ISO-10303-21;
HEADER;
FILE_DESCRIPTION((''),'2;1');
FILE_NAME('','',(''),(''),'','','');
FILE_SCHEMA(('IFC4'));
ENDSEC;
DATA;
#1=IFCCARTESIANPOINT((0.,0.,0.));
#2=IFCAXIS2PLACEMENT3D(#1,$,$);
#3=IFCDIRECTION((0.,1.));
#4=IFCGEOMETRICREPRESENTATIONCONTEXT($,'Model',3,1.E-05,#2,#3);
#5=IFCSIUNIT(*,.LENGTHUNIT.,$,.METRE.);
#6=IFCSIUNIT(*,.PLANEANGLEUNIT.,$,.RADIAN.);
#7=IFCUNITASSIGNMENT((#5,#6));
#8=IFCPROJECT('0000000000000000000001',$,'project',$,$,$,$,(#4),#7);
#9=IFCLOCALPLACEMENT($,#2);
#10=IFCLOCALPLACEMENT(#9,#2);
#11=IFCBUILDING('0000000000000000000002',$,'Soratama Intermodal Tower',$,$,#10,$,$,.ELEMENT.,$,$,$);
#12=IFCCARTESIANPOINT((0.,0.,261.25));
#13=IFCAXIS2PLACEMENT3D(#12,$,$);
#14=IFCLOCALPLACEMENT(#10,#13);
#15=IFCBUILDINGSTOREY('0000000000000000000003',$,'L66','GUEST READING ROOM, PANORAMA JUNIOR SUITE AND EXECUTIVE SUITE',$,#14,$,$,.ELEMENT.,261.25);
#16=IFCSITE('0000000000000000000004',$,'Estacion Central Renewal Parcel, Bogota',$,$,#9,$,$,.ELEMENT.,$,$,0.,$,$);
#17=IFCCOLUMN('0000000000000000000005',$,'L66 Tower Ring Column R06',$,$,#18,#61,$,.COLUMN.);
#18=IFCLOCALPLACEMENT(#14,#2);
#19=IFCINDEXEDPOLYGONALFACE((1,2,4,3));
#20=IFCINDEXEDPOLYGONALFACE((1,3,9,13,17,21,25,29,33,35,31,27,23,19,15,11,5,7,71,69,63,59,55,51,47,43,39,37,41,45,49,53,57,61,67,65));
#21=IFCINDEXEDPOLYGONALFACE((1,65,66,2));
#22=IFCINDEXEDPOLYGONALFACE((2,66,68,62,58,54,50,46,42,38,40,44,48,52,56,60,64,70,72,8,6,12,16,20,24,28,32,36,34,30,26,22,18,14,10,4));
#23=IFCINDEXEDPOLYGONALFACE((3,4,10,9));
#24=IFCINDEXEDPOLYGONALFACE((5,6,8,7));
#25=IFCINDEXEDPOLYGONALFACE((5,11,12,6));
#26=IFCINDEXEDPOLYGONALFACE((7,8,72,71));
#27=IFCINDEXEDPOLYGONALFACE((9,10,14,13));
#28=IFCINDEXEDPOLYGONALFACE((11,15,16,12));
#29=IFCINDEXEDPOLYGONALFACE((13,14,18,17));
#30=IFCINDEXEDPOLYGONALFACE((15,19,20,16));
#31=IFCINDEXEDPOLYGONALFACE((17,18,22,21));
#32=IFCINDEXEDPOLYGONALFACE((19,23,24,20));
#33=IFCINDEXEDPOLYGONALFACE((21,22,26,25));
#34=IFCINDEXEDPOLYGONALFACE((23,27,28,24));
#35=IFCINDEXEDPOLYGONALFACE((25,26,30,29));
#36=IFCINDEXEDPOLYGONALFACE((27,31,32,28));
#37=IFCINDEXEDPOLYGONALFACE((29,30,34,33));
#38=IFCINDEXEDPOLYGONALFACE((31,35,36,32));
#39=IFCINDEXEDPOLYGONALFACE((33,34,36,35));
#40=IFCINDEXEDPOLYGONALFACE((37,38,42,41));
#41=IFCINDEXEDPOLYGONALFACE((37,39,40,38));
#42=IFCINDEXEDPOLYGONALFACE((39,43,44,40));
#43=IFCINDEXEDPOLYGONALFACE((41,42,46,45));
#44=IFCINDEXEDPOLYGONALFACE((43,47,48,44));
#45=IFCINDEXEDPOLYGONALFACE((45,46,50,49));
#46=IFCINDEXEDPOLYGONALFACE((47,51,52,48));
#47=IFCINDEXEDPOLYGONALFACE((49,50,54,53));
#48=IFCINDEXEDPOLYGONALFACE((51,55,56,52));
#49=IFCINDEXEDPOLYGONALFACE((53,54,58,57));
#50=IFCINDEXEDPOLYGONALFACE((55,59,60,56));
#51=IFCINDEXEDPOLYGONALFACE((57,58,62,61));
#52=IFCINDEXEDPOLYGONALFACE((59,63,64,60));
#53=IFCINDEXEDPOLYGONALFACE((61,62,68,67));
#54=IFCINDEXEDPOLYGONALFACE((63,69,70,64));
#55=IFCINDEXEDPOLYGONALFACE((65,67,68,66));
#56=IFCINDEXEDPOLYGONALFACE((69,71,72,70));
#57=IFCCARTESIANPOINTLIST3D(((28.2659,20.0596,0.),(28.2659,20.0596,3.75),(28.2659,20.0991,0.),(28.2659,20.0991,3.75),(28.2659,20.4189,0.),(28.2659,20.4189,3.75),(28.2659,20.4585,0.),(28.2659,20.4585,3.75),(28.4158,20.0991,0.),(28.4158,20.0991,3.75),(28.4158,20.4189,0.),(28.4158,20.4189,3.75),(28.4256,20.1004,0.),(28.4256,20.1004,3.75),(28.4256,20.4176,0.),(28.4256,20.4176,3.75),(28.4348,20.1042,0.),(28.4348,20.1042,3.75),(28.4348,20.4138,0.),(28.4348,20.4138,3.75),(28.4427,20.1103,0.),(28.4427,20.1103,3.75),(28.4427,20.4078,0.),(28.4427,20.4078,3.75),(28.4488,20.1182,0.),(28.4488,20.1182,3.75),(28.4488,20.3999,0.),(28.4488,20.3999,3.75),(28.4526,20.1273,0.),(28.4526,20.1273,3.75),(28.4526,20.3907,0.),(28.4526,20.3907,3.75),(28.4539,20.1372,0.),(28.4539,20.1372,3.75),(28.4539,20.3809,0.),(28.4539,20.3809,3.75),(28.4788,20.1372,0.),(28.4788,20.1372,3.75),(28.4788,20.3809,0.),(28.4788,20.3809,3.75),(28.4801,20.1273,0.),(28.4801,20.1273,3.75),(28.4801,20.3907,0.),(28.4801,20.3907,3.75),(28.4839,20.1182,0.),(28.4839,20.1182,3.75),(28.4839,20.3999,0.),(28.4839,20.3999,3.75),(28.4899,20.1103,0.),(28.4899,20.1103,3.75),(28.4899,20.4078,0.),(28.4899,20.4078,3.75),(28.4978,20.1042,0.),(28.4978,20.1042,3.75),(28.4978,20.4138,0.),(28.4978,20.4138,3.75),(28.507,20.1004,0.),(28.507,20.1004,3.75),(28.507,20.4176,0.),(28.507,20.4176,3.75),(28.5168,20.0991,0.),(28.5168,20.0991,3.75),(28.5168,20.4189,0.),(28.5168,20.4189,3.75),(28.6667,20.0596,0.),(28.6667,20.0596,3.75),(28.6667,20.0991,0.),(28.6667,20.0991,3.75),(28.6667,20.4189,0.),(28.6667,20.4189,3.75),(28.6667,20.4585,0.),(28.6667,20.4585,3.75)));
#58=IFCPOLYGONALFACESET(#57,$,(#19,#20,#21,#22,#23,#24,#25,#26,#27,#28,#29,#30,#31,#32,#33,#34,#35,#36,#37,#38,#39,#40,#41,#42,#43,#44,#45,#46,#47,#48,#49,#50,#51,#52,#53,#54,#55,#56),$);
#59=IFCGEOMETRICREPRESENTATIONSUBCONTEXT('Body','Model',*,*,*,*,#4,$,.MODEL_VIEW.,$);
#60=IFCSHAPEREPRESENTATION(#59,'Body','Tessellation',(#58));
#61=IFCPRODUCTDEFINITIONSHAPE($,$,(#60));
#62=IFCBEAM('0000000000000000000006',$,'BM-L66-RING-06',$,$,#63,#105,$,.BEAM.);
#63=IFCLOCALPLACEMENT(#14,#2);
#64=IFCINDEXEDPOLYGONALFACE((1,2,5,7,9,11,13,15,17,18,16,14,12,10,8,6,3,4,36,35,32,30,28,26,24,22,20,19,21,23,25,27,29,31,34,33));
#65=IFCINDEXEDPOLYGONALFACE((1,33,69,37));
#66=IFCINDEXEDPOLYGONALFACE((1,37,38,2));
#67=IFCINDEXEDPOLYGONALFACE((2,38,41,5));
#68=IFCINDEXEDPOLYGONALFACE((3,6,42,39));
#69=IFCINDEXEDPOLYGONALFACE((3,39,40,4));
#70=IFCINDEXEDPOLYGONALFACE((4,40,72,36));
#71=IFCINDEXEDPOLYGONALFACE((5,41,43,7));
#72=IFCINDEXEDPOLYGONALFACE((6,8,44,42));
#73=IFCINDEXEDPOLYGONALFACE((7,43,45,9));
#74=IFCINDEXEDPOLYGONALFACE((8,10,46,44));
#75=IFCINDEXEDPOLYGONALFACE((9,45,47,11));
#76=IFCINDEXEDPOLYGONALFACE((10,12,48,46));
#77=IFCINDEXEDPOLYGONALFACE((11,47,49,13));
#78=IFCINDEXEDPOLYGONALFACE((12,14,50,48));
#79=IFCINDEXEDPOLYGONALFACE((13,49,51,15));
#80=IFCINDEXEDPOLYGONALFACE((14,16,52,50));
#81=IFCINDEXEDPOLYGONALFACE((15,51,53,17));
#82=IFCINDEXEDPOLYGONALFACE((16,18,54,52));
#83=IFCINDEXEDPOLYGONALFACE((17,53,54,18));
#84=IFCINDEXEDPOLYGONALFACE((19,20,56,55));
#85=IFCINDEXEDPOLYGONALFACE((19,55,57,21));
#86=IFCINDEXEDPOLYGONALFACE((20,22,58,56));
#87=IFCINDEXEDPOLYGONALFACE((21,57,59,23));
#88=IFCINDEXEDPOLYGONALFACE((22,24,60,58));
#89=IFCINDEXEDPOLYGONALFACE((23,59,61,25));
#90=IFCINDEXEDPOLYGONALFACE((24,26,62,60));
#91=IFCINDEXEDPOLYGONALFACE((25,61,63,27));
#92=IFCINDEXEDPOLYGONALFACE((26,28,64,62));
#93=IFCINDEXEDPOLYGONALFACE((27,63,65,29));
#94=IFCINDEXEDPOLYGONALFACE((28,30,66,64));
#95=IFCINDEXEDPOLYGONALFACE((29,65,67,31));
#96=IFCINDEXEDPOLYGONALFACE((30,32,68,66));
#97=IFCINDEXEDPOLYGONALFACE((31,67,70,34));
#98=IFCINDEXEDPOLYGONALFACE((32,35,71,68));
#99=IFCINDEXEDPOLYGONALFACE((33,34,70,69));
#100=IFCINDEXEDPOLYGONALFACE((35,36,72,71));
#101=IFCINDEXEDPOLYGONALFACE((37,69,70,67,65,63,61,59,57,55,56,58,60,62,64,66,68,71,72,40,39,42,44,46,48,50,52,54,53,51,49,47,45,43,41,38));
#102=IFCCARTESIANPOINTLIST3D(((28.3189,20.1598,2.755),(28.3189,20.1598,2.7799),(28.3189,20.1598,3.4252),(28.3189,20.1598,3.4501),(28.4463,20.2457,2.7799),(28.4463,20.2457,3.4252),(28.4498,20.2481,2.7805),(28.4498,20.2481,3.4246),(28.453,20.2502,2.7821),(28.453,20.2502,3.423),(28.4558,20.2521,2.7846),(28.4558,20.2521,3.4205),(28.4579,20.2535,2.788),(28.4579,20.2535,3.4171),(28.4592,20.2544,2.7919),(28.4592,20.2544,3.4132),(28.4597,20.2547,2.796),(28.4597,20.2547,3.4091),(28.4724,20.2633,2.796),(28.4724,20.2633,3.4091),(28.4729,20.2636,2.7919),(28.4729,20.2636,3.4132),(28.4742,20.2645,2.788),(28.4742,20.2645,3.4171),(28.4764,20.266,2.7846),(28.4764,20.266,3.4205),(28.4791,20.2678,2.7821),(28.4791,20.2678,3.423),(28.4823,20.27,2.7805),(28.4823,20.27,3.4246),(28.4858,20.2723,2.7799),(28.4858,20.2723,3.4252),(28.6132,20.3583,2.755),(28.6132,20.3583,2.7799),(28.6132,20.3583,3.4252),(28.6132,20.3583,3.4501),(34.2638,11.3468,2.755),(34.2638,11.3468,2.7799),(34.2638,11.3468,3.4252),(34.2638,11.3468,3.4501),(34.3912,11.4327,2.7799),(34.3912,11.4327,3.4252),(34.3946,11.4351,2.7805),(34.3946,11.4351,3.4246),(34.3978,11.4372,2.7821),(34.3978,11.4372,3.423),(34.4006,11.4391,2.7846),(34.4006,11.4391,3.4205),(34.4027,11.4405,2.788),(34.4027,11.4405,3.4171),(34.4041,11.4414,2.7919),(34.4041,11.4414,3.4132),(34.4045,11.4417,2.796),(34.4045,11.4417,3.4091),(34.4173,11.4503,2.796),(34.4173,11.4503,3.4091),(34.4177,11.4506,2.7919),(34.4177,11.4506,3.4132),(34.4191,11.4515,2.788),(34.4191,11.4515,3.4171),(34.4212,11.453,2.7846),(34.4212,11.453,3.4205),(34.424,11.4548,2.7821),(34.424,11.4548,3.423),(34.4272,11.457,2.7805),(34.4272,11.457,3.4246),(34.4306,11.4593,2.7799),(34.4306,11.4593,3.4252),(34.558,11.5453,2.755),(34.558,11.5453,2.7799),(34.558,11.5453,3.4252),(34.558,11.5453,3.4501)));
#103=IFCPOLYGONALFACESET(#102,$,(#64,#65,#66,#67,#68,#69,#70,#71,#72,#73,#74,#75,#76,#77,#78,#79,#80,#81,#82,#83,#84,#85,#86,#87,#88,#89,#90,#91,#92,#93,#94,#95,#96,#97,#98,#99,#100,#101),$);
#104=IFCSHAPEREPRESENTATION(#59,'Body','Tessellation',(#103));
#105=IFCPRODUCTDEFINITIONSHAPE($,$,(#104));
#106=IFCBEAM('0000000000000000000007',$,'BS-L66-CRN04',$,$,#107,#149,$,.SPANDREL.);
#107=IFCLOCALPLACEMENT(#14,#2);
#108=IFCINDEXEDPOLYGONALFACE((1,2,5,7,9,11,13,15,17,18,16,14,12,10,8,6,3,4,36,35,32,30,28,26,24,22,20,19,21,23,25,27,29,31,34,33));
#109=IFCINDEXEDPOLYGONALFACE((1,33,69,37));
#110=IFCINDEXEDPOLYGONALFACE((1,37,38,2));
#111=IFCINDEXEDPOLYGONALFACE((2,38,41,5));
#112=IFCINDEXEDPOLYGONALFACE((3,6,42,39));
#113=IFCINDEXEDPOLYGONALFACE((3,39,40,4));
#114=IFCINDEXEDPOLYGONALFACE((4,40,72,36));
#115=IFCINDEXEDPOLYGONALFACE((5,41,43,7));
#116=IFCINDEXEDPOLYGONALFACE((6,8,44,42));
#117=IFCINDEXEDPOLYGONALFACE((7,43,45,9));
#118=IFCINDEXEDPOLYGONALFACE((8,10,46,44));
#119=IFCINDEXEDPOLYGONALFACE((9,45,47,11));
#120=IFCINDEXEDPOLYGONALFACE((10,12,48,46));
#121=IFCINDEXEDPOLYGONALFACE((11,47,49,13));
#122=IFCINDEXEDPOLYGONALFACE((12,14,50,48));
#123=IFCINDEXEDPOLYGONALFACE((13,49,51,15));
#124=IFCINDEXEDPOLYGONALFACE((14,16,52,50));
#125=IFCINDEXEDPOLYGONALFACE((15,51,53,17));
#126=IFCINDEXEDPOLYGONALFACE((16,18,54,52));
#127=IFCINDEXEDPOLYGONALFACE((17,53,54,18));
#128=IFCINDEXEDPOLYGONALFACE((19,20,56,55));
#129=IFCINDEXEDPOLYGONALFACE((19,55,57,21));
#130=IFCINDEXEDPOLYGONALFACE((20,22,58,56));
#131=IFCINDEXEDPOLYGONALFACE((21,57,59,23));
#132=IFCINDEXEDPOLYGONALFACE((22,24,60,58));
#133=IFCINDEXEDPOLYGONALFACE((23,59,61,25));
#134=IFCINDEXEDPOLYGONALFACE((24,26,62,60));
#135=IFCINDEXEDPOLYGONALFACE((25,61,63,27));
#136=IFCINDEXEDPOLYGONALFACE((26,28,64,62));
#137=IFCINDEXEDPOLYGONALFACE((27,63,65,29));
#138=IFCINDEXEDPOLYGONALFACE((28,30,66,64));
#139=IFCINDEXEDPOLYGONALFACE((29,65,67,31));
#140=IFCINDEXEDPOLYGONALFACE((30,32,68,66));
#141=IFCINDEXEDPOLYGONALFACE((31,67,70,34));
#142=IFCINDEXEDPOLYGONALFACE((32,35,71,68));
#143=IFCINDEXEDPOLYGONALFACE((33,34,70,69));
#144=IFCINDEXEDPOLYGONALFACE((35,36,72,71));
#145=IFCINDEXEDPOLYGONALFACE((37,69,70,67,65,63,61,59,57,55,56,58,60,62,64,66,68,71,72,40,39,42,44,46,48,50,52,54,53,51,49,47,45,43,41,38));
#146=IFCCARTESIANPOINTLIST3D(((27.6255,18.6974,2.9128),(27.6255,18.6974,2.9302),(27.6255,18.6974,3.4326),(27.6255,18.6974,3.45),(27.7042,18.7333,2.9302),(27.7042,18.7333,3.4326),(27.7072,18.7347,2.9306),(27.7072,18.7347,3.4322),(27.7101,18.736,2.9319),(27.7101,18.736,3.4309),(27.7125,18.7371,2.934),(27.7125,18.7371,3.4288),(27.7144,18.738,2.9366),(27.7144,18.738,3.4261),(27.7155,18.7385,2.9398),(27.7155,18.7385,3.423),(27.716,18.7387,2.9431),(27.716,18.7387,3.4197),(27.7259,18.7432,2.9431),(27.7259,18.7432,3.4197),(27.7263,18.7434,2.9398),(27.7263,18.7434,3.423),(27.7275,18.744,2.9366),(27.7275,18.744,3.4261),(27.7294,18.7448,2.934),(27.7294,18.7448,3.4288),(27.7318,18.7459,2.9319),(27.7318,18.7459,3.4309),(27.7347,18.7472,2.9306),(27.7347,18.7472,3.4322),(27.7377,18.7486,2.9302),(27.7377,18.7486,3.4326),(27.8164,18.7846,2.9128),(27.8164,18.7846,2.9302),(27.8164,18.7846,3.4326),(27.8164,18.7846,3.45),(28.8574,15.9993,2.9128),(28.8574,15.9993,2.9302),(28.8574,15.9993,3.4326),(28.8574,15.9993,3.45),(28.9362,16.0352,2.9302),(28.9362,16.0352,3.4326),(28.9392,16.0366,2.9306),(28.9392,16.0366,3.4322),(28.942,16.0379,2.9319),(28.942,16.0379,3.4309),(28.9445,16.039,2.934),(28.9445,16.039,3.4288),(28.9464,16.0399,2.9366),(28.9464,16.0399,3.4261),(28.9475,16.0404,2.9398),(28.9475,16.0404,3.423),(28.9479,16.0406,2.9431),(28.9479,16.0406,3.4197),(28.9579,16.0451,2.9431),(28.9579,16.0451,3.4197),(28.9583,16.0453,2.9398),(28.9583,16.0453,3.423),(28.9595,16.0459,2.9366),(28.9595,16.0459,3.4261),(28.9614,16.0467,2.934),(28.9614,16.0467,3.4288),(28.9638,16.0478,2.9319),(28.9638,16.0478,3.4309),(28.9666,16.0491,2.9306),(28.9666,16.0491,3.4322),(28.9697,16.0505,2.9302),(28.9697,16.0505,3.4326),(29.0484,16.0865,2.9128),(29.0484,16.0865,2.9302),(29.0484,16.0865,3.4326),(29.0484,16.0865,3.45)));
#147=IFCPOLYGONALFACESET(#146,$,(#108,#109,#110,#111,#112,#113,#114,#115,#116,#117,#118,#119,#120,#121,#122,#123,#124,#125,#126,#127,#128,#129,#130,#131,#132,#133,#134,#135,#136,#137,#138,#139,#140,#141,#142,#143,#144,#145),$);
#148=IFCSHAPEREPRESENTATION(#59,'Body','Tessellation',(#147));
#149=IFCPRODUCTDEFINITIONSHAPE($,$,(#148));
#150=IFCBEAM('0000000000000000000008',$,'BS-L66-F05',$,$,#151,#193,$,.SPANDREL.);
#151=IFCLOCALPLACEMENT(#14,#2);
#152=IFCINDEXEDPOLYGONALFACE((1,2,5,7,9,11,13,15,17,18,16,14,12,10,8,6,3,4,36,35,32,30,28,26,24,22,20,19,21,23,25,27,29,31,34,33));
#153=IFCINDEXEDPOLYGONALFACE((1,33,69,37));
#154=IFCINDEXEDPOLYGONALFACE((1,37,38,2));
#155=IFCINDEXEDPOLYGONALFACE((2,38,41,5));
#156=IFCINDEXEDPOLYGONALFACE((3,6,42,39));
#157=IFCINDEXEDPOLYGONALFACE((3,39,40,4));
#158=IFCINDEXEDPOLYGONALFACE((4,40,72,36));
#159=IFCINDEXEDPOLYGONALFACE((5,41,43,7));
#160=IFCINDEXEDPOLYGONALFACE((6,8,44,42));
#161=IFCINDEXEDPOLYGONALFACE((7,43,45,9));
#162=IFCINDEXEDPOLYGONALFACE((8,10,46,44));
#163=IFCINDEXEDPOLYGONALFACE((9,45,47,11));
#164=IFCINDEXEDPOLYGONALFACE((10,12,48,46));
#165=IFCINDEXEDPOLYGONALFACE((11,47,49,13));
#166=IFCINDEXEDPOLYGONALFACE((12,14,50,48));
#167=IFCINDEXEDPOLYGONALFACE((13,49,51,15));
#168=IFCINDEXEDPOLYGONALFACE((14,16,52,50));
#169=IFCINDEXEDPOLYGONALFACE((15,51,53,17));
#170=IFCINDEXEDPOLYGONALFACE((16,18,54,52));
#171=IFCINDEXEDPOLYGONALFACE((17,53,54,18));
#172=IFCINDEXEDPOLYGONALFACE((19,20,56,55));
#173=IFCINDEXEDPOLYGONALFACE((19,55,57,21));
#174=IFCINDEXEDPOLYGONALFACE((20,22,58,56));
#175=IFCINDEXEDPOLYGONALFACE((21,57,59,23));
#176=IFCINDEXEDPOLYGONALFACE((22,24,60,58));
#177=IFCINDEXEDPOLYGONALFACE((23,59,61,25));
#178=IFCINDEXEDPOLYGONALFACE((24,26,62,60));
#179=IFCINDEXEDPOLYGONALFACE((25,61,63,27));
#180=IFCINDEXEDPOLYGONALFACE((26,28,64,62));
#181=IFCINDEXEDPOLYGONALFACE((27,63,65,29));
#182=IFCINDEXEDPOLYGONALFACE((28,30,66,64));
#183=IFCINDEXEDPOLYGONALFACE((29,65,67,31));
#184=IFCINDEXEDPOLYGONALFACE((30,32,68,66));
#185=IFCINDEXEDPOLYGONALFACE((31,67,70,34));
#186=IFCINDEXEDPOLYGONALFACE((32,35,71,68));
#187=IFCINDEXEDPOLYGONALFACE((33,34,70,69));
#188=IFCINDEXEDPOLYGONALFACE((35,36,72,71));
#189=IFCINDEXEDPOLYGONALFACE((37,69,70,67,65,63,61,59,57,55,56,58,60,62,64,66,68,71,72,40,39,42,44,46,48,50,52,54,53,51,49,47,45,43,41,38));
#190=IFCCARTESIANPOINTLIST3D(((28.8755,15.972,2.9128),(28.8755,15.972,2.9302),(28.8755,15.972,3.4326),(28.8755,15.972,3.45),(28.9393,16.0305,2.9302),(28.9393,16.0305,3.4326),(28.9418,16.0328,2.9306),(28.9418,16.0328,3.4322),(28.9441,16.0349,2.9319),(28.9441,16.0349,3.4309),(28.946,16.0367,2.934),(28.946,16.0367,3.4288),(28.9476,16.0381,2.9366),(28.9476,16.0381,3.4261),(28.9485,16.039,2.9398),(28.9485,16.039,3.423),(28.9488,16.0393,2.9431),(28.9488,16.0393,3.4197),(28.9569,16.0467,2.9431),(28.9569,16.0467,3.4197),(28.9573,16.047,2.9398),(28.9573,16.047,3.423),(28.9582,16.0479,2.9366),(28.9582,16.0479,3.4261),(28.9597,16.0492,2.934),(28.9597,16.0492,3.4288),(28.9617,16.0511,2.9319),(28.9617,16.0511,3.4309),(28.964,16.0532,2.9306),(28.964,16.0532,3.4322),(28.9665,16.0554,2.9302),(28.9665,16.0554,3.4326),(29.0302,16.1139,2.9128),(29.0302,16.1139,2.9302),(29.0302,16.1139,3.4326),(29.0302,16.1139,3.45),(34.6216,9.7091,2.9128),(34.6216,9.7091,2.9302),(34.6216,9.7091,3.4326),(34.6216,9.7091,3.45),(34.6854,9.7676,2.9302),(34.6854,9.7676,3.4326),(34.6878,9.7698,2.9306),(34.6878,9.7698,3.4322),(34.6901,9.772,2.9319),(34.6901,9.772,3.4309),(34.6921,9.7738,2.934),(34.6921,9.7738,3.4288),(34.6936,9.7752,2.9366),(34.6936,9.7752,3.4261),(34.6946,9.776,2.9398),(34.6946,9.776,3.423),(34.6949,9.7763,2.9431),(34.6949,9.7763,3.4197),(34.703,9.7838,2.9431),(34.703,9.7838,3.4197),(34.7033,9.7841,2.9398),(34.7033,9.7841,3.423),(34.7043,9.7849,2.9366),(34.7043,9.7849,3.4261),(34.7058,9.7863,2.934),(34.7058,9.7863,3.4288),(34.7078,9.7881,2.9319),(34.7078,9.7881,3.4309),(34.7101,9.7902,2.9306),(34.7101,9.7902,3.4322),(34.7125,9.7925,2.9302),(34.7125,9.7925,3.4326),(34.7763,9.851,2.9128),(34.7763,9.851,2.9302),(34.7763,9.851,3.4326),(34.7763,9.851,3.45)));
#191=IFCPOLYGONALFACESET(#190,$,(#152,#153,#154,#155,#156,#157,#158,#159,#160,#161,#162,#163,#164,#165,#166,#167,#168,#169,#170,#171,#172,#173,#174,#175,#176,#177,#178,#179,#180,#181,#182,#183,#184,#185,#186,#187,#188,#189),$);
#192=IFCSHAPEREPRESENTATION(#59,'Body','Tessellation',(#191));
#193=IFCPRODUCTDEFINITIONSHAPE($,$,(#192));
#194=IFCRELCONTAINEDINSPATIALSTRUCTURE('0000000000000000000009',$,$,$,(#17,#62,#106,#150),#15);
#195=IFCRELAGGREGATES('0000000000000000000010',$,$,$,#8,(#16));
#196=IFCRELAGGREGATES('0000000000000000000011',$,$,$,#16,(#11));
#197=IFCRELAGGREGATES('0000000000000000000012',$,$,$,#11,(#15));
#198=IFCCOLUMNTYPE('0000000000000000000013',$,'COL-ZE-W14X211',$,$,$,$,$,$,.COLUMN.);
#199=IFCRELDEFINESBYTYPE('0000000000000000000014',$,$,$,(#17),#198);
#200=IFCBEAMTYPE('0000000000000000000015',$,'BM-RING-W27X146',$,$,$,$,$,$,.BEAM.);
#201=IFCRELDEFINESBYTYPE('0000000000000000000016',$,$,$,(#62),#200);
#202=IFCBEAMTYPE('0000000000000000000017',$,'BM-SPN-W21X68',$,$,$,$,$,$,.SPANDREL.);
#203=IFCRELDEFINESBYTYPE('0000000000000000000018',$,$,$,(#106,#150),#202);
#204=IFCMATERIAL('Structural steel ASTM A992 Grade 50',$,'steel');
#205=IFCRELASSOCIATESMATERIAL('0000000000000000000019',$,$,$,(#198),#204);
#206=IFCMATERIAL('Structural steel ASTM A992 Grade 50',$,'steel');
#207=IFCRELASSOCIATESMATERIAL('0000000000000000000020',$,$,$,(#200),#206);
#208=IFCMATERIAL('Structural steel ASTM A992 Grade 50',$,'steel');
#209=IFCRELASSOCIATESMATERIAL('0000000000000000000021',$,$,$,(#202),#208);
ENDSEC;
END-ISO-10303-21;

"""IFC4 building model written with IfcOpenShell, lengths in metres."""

from ifc_helpers import new_model, si_unit, direction, frame, origin, origin_2d, place, context, subcontext, project, spatial, i_section, extrude, material, material_profile, profile_set, type_object, element, save


model = new_model("IFC4")

# Units and contexts
model_context = context("Model", 3, precision=1e-05, world=origin(), true_north=direction((0.0, 1.0)))
body_context = subcontext(model_context, "Body", "Model", "MODEL_VIEW")
ifc_project = project(units=[si_unit("LENGTHUNIT", "METRE"), si_unit("PLANEANGLEUNIT", "RADIAN")], contexts=[model_context])

# Site, building, storey
site_placement = place(None, origin())
site = spatial("IfcSite", under=ifc_project, at=site_placement, Name="Estacion Central Renewal Parcel, Bogota", CompositionType="ELEMENT", RefElevation=0.0)
building_placement = place(site_placement, origin())
building = spatial("IfcBuilding", under=site, at=building_placement, Name="Soratama Intermodal Tower", CompositionType="ELEMENT")
storey_placement = place(building_placement, frame((0.0, 0.0, 261.25)))
storey = spatial("IfcBuildingStorey", under=building, at=storey_placement, Name="L66", Description="GUEST READING ROOM, PANORAMA JUNIOR SUITE AND EXECUTIVE SUITE", CompositionType="ELEMENT", Elevation=261.25)

# Column
ifc_material_1 = material(Name="Structural steel ASTM A992 Grade 50", Category="steel")
ifc_material_profile_1 = material_profile(ifc_material_1, i_section(OverallWidth=0.4009, OverallDepth=0.3989, WebThickness=0.0249, FlangeThickness=0.0396, FilletRadius=0.0381, at=origin_2d()), Name="W14X211")
ifc_profile_set_1 = profile_set([ifc_material_profile_1], Name="Structural steel ASTM A992 Grade 50")
column_type = type_object("IfcColumnType", Name="COL-ZE-W14X211", PredefinedType="COLUMN", material=ifc_profile_set_1)
column_placement = place(storey_placement, frame((28.4663, 20.259, 0.0), z_axis=(0.0, 0.0, 1.0), x_axis=(1.0, 0.0, 0.0)))
element("IfcColumn", 1, at=column_placement, inside=storey, type_object=column_type, Name="L66 Tower Ring Column R06", PredefinedType="COLUMN", context=body_context, shape_type="SweptSolid", body=[
    extrude(i_section(OverallWidth=0.4009, OverallDepth=0.3989, WebThickness=0.0249, FlangeThickness=0.0396, FilletRadius=0.0381, at=origin_2d()), origin(), (0.0, 0.0, 1.0), 3.75),
])

# Beams
ifc_material_2 = material(Name="Structural steel ASTM A992 Grade 50", Category="steel")
ifc_material_profile_2 = material_profile(ifc_material_2, i_section(OverallWidth=0.355, OverallDepth=0.6951, WebThickness=0.0154, FlangeThickness=0.0249, FilletRadius=0.0161, at=origin_2d()), Name="W27X146")
ifc_profile_set_2 = profile_set([ifc_material_profile_2], Name="Structural steel ASTM A992 Grade 50")
beam_type_1 = type_object("IfcBeamType", Name="BM-RING-W27X146", PredefinedType="BEAM", material=ifc_profile_set_2)
beam_1_placement = place(storey_placement, frame((28.4661, 20.259, 3.1025), z_axis=(0.559218, -0.829021, 0.0), x_axis=(0.829021, 0.559218, 0.0)))
element("IfcBeam", 2, at=beam_1_placement, inside=storey, type_object=beam_type_1, Name="BM-L66-RING-06", PredefinedType="BEAM", context=body_context, shape_type="SweptSolid", body=[
    extrude(i_section(OverallWidth=0.355, OverallDepth=0.6951, WebThickness=0.0154, FlangeThickness=0.0249, FilletRadius=0.0161, at=origin_2d()), origin(), (0.0, 0.0, 1.0), 10.6306),
])
ifc_material_3 = material(Name="Structural steel ASTM A992 Grade 50", Category="steel")
ifc_material_profile_3 = material_profile(ifc_material_3, i_section(OverallWidth=0.21, OverallDepth=0.5371, WebThickness=0.011, FlangeThickness=0.0173, FilletRadius=0.0129, at=origin_2d()), Name="W21X68")
ifc_profile_set_3 = profile_set([ifc_material_profile_3], Name="Structural steel ASTM A992 Grade 50")
beam_type_2 = type_object("IfcBeamType", Name="BM-SPN-W21X68", PredefinedType="SPANDREL", material=ifc_profile_set_3)
beam_2_placement = place(storey_placement, frame((27.7209, 18.741, 3.1814), z_axis=(0.415359, -0.909658, 0.0), x_axis=(0.909658, 0.415359, 0.0)))
element("IfcBeam", 3, at=beam_2_placement, inside=storey, type_object=beam_type_2, Name="BS-L66-CRN04", PredefinedType="SPANDREL", context=body_context, shape_type="SweptSolid", body=[
    extrude(i_section(OverallWidth=0.21, OverallDepth=0.5371, WebThickness=0.011, FlangeThickness=0.0173, FilletRadius=0.0129, at=origin_2d()), origin(), (0.0, 0.0, 1.0), 2.9661),
])
beam_3_placement = place(storey_placement, frame((28.9529, 16.043, 3.1814), z_axis=(0.676048, -0.736857, 0.0), x_axis=(0.736857, 0.676048, 0.0)))
element("IfcBeam", 4, at=beam_3_placement, inside=storey, type_object=beam_type_2, Name="BS-L66-F05", PredefinedType="SPANDREL", context=body_context, shape_type="SweptSolid", body=[
    extrude(i_section(OverallWidth=0.21, OverallDepth=0.5371, WebThickness=0.011, FlangeThickness=0.0173, FilletRadius=0.0129, at=origin_2d()), origin(), (0.0, 0.0, 1.0), 8.4995),
])

save(model, "model.ifc")
